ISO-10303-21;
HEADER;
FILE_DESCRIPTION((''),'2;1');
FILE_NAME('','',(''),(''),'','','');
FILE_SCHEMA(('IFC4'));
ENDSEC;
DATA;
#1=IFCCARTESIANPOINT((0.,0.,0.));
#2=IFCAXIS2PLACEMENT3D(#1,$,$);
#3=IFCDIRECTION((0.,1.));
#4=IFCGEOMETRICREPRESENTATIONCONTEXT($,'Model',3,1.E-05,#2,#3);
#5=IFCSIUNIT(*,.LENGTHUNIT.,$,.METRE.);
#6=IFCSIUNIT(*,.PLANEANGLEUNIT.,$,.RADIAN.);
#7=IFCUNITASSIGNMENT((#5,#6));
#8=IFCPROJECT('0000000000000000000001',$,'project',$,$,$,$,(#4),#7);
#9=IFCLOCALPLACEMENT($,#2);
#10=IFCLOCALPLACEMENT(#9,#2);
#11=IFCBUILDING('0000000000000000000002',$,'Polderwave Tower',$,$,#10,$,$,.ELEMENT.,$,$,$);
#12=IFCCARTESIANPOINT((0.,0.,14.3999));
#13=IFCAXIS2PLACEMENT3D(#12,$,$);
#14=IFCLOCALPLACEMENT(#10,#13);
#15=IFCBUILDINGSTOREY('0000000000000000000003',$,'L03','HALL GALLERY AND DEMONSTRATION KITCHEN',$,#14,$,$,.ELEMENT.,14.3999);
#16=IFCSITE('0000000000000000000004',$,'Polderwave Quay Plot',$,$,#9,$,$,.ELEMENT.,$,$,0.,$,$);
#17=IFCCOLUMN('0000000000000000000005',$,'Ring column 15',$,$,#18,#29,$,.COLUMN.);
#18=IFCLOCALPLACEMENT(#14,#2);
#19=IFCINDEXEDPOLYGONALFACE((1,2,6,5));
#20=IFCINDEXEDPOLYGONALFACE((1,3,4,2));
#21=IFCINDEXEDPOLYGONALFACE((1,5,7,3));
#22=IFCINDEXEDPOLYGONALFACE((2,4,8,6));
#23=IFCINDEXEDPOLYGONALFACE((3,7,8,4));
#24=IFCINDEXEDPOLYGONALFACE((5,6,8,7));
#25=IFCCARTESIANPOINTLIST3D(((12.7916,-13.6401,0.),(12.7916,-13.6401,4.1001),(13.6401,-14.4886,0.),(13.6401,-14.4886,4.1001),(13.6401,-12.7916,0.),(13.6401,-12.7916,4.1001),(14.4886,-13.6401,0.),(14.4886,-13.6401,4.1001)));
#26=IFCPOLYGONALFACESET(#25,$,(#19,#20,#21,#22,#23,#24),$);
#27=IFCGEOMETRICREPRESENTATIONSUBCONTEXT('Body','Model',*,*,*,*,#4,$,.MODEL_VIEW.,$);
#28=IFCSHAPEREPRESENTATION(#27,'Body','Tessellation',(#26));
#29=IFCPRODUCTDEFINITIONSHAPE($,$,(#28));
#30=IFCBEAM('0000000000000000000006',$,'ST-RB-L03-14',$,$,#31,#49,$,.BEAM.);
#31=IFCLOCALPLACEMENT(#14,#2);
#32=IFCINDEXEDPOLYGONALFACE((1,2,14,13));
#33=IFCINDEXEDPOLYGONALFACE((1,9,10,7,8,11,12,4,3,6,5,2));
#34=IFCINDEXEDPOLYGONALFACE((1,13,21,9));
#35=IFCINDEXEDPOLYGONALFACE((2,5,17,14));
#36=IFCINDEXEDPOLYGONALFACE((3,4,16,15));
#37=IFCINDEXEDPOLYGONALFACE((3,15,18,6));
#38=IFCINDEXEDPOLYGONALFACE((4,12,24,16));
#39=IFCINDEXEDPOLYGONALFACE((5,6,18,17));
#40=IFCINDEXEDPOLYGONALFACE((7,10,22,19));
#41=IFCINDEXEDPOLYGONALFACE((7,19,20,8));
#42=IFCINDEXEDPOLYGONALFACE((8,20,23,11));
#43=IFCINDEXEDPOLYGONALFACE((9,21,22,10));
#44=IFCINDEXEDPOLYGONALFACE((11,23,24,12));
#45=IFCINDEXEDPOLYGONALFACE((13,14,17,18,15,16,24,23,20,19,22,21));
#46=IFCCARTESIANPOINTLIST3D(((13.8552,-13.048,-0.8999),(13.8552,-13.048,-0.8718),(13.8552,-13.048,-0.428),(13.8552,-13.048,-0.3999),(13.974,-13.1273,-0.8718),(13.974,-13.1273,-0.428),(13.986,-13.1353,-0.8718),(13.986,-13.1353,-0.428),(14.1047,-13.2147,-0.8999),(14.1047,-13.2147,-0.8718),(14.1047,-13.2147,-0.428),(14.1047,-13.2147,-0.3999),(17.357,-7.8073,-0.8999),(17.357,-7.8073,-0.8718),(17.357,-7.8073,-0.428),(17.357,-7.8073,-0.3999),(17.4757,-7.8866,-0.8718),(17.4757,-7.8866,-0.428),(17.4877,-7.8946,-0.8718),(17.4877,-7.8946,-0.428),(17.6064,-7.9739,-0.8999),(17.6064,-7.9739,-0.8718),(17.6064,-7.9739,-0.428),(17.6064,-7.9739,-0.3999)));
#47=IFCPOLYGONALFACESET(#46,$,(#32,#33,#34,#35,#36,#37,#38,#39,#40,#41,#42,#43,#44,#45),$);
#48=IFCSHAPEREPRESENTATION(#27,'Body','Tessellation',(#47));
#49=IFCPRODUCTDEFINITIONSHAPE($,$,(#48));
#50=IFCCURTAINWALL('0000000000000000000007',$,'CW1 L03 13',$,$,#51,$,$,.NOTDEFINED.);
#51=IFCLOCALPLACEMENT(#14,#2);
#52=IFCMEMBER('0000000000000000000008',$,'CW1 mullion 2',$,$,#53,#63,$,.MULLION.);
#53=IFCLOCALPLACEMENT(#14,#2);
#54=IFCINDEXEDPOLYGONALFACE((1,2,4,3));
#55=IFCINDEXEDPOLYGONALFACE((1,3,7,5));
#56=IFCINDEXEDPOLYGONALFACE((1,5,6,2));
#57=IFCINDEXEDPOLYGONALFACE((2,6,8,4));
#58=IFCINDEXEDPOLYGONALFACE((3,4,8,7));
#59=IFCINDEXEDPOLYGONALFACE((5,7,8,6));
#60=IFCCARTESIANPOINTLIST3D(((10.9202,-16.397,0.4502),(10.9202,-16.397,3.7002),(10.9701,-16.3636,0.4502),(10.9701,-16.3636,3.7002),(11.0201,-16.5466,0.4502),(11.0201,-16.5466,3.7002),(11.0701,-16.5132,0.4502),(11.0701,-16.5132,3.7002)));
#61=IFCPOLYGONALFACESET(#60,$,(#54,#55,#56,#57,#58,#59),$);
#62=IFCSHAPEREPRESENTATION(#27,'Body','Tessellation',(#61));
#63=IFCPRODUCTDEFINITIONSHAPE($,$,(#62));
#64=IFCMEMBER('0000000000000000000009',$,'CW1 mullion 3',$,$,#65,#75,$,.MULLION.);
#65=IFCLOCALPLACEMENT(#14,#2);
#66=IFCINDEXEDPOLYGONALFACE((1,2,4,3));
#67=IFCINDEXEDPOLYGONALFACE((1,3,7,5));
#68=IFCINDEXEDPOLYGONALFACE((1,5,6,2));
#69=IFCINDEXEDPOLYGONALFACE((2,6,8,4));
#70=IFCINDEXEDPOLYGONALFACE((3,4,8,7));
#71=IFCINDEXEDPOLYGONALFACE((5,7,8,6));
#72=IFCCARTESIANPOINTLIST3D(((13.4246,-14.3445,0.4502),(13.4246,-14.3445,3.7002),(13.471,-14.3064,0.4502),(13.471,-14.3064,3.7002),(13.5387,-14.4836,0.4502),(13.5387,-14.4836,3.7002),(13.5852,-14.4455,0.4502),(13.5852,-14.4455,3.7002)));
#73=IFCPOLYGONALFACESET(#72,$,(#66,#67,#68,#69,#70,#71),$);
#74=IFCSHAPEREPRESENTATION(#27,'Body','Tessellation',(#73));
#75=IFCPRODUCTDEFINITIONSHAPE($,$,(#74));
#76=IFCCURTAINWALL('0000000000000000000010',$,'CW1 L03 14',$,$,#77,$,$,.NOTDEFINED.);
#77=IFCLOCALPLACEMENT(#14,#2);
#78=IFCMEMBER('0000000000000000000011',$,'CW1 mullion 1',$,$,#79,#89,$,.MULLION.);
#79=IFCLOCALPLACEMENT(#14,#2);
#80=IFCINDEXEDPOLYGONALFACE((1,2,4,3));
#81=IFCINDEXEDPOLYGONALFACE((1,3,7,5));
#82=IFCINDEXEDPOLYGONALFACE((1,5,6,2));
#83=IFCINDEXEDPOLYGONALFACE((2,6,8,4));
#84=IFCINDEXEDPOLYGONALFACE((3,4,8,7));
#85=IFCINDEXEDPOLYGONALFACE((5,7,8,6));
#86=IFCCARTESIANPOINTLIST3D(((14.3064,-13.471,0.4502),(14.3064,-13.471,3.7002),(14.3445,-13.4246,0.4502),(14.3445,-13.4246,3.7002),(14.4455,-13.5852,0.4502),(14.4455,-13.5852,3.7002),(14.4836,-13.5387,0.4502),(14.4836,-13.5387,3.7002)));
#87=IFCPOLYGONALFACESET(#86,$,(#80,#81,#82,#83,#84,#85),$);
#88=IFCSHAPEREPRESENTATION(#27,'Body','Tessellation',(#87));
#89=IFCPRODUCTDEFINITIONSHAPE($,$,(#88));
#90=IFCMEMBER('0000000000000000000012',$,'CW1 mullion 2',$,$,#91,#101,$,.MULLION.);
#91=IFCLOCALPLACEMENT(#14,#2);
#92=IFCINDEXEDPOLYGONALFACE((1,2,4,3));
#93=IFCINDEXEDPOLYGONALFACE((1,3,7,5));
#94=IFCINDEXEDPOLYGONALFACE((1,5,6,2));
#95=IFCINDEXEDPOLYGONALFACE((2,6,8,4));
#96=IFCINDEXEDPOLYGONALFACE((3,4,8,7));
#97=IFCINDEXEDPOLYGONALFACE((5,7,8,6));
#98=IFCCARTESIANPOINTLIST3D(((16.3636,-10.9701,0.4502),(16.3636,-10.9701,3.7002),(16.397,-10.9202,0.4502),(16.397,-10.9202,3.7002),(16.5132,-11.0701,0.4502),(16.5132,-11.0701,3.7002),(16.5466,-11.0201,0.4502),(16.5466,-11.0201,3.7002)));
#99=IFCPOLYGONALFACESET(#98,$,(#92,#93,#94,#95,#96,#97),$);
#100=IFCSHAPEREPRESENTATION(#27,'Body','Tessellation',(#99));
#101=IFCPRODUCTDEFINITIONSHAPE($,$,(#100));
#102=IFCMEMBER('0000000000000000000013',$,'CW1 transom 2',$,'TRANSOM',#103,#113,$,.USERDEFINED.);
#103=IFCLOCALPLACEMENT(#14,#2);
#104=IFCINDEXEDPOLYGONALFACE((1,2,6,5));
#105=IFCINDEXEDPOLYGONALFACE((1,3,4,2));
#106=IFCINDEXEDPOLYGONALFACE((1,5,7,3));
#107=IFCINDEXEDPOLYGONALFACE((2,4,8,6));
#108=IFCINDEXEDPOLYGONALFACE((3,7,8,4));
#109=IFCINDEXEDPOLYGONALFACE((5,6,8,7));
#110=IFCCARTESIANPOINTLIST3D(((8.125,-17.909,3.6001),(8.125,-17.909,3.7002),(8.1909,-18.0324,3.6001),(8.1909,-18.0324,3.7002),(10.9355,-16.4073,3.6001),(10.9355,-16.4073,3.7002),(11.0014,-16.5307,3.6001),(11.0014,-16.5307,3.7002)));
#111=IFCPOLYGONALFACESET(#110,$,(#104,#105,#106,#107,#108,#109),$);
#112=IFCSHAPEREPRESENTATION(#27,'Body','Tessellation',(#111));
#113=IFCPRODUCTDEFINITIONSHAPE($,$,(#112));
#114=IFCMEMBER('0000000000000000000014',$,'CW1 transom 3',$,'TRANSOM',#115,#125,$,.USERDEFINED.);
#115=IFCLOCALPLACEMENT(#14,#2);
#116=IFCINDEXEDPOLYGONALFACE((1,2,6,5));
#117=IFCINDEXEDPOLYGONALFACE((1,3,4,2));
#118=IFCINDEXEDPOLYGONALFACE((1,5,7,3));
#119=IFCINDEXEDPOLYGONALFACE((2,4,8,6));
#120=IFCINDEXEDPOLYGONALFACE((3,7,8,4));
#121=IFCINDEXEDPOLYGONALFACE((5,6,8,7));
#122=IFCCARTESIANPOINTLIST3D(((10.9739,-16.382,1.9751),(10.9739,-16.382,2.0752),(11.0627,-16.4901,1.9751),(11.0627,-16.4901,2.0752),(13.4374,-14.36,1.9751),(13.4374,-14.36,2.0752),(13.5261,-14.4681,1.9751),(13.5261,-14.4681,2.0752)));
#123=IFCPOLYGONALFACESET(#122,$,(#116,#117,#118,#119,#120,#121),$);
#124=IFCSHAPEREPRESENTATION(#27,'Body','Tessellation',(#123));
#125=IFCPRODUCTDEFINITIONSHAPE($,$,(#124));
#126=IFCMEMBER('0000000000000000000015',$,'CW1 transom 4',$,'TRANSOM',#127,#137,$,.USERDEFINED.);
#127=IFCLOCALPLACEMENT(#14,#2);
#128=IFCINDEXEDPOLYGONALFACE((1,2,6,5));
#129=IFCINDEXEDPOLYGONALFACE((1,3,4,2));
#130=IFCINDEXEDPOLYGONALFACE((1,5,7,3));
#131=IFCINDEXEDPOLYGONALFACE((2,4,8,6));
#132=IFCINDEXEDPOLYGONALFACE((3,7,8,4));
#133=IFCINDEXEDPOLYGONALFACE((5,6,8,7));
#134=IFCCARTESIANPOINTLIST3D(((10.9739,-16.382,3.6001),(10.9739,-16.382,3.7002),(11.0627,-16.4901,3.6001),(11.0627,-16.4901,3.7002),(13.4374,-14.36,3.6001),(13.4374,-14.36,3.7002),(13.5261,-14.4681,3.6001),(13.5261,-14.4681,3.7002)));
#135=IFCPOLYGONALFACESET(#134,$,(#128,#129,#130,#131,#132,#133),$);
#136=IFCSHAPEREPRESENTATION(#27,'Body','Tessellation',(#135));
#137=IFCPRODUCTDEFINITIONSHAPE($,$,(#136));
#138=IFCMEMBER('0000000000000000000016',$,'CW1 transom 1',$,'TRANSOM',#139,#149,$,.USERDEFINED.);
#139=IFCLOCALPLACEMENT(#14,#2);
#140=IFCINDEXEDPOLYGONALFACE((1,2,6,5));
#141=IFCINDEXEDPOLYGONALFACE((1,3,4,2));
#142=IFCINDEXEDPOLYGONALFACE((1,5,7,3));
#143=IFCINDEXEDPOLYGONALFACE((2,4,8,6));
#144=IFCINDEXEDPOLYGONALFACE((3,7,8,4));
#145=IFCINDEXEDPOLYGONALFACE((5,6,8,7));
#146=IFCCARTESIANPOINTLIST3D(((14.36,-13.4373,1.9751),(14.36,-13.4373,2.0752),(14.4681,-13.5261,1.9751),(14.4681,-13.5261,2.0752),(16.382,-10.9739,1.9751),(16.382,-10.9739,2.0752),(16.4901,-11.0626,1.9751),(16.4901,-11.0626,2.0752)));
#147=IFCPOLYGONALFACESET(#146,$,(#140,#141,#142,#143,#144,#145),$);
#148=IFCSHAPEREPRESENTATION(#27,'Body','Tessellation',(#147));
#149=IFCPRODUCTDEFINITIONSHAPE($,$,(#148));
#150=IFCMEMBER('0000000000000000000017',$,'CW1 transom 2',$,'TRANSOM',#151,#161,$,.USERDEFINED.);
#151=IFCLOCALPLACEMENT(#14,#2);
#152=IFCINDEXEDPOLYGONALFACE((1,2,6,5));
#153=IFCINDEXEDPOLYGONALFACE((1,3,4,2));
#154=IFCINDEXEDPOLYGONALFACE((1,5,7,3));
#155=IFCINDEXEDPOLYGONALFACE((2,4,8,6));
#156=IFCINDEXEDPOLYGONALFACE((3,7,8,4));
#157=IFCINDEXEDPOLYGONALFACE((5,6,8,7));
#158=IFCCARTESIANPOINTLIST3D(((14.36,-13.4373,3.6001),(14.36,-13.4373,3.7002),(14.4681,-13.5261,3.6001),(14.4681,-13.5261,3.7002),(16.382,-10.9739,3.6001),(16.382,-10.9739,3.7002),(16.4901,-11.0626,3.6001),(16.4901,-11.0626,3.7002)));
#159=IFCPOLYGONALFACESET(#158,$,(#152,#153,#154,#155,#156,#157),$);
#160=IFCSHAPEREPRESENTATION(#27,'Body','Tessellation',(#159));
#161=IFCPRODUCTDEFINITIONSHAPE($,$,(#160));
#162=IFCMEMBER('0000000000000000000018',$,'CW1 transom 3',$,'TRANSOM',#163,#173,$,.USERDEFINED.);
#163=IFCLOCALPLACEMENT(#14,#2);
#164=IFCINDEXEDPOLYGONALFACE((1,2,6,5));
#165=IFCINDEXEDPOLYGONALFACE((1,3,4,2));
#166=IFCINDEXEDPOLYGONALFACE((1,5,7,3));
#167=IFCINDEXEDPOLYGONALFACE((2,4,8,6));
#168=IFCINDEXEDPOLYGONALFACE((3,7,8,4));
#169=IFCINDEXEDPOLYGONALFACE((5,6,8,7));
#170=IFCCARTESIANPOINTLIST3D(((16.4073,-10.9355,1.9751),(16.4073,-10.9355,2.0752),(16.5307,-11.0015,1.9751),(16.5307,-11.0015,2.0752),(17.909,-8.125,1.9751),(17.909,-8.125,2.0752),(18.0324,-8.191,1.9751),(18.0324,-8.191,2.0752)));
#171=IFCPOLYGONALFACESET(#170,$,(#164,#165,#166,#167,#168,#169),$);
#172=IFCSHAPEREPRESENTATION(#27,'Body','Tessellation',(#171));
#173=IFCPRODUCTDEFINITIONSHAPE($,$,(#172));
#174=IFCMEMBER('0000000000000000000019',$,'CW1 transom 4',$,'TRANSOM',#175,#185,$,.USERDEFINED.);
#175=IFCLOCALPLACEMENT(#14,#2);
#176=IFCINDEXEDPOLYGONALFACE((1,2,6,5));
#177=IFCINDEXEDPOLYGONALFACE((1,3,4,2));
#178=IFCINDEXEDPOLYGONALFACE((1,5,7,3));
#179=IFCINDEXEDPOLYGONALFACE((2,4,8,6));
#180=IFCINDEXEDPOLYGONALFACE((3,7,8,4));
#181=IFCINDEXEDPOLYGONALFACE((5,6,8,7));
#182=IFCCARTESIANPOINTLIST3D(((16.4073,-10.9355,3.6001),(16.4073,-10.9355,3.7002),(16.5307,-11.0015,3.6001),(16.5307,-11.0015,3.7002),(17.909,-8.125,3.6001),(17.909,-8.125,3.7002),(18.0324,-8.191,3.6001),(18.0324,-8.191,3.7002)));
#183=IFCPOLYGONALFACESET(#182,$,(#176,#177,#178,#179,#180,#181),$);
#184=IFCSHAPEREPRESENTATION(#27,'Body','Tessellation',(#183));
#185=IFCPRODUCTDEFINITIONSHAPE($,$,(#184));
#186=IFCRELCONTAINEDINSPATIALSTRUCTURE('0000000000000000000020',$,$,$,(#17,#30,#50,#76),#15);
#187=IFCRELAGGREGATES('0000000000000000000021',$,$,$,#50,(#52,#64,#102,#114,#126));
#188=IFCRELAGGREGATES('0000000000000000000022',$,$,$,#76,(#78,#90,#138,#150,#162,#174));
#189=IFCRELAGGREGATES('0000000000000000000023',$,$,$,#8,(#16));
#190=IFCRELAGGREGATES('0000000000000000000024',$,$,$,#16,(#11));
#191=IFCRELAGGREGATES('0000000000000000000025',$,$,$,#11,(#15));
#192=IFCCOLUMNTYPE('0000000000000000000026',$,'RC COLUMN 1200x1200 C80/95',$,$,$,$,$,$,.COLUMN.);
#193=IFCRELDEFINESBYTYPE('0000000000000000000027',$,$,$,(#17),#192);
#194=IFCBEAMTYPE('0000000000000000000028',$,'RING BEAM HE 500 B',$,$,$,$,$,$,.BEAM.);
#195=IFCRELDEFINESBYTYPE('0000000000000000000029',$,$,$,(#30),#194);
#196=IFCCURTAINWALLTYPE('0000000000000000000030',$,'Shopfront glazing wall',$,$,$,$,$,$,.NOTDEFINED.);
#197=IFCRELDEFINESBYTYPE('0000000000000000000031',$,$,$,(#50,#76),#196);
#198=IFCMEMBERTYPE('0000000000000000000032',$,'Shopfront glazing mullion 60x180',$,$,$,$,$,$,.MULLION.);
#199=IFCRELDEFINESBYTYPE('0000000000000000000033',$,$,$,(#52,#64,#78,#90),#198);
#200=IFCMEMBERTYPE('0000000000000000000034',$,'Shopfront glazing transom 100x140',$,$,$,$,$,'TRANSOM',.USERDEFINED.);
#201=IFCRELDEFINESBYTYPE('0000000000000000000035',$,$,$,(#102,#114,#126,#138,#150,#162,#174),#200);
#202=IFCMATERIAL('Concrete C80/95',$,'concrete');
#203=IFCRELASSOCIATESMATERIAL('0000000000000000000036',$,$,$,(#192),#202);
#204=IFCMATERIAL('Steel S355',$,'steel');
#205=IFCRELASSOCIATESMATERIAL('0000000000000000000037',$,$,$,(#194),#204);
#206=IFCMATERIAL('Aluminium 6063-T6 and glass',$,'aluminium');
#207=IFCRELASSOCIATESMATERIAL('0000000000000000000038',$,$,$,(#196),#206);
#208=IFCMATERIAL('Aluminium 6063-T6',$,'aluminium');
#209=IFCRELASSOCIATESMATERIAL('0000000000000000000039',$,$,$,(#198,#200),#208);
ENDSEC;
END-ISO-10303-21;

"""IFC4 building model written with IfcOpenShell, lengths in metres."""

from ifc_helpers import new_model, si_unit, direction, frame, origin, origin_2d, place, context, subcontext, project, spatial, rectangle, i_section, extrude, material, material_profile, profile_set, type_object, element, aggregate, save


model = new_model("IFC4")

# Units and contexts
model_context = context("Model", 3, precision=1e-05, world=origin(), true_north=direction((0.0, 1.0)))
body_context = subcontext(model_context, "Body", "Model", "MODEL_VIEW")
ifc_project = project(units=[si_unit("LENGTHUNIT", "METRE"), si_unit("PLANEANGLEUNIT", "RADIAN")], contexts=[model_context])

# Site, building, storey
site_placement = place(None, origin())
site = spatial("IfcSite", under=ifc_project, at=site_placement, Name="Polderwave Quay Plot", CompositionType="ELEMENT", RefElevation=0.0)
building_placement = place(site_placement, origin())
building = spatial("IfcBuilding", under=site, at=building_placement, Name="Polderwave Tower", CompositionType="ELEMENT")
storey_placement = place(building_placement, frame((0.0, 0.0, 14.3999)))
storey = spatial("IfcBuildingStorey", under=building, at=storey_placement, Name="L03", Description="HALL GALLERY AND DEMONSTRATION KITCHEN", CompositionType="ELEMENT", Elevation=14.3999)

# Column
ifc_material_1 = material(Name="Concrete C80/95", Category="concrete")
ifc_material_profile_1 = material_profile(ifc_material_1, rectangle(XDim=1.2, YDim=1.2, at=origin_2d()), Name="RC 1200x1200")
ifc_profile_set_1 = profile_set([ifc_material_profile_1], Name="Concrete C80/95")
column_type = type_object("IfcColumnType", Name="RC COLUMN 1200x1200 C80/95", PredefinedType="COLUMN", material=ifc_profile_set_1)
column_placement = place(storey_placement, frame((13.6401, -13.6401, 0.0), z_axis=(0.0, 0.0, 1.0), x_axis=(0.707107, -0.707107, 0.0)))
element("IfcColumn", 1, at=column_placement, inside=storey, type_object=column_type, Name="Ring column 15", PredefinedType="COLUMN", context=body_context, shape_type="SweptSolid", body=[
    extrude(rectangle(XDim=1.2, YDim=1.2, at=origin_2d()), origin(), (0.0, 0.0, 1.0), 4.1001),
])

# Beam
ifc_material_2 = material(Name="Steel S355", Category="steel")
ifc_material_profile_2 = material_profile(ifc_material_2, i_section(OverallWidth=0.3, OverallDepth=0.5, WebThickness=0.0144, FlangeThickness=0.0281, at=origin_2d()), Name="HE 500 B")
ifc_profile_set_2 = profile_set([ifc_material_profile_2], Name="Steel S355")
beam_type = type_object("IfcBeamType", Name="RING BEAM HE 500 B", PredefinedType="BEAM", material=ifc_profile_set_2)
beam_placement = place(storey_placement, frame((13.98, -13.1313, -0.6499), z_axis=(0.555567, 0.831472, 0.0), x_axis=(-0.831472, 0.555567, 0.0)))
element("IfcBeam", 2, at=beam_placement, inside=storey, type_object=beam_type, Name="ST-RB-L03-14", PredefinedType="BEAM", context=body_context, shape_type="SweptSolid", body=[
    extrude(i_section(OverallWidth=0.3, OverallDepth=0.5, WebThickness=0.0144, FlangeThickness=0.0281, at=origin_2d()), origin(), (0.0, 0.0, 1.0), 6.303),
])

# Curtain walls, members
ifc_material_3 = material(Name="Aluminium 6063-T6 and glass", Category="aluminium")
curtain_wall_type = type_object("IfcCurtainWallType", Name="Shopfront glazing wall", PredefinedType="NOTDEFINED", material=ifc_material_3)
curtain_wall_1_placement = place(storey_placement, origin())
curtain_wall_1 = element("IfcCurtainWall", 3, at=curtain_wall_1_placement, inside=storey, type_object=curtain_wall_type, Name="CW1 L03 13", PredefinedType="NOTDEFINED")
ifc_material_4 = material(Name="Aluminium 6063-T6", Category="aluminium")
ifc_material_profile_3 = material_profile(ifc_material_4, rectangle(XDim=0.1799, YDim=0.0601, at=origin_2d()), Name="AL 60x180")
ifc_profile_set_3 = profile_set([ifc_material_profile_3], Name="Aluminium 6063-T6")
member_type_1 = type_object("IfcMemberType", Name="Shopfront glazing mullion 60x180", PredefinedType="MULLION", material=ifc_profile_set_3)
member_1_placement = place(storey_placement, frame((10.9951, -16.4551, 0.4502), z_axis=(0.0, 0.0, 1.0), x_axis=(-0.555509, 0.83151, 0.0)))
member_1 = element("IfcMember", 4, at=member_1_placement, type_object=member_type_1, Name="CW1 mullion 2", PredefinedType="MULLION", context=body_context, shape_type="SweptSolid", body=[
    extrude(rectangle(XDim=0.1799, YDim=0.0601, at=origin_2d()), origin(), (0.0, 0.0, 1.0), 3.25),
])
member_2_placement = place(storey_placement, frame((13.5049, -14.395, 0.4502), z_axis=(0.0, 0.0, 1.0), x_axis=(-0.634434, 0.772977, 0.0)))
member_2 = element("IfcMember", 5, at=member_2_placement, type_object=member_type_1, Name="CW1 mullion 3", PredefinedType="MULLION", context=body_context, shape_type="SweptSolid", body=[
    extrude(rectangle(XDim=0.1799, YDim=0.0601, at=origin_2d()), origin(), (0.0, 0.0, 1.0), 3.25),
])
curtain_wall_2_placement = place(storey_placement, origin())
curtain_wall_2 = element("IfcCurtainWall", 6, at=curtain_wall_2_placement, inside=storey, type_object=curtain_wall_type, Name="CW1 L03 14", PredefinedType="NOTDEFINED")
member_3_placement = place(storey_placement, frame((14.395, -13.5049, 0.4502), z_axis=(0.0, 0.0, 1.0), x_axis=(-0.772977, 0.634434, 0.0)))
member_3 = element("IfcMember", 7, at=member_3_placement, type_object=member_type_1, Name="CW1 mullion 1", PredefinedType="MULLION", context=body_context, shape_type="SweptSolid", body=[
    extrude(rectangle(XDim=0.1799, YDim=0.0601, at=origin_2d()), origin(), (0.0, 0.0, 1.0), 3.25),
])
member_4_placement = place(storey_placement, frame((16.4551, -10.9951, 0.4502), z_axis=(0.0, 0.0, 1.0), x_axis=(-0.83151, 0.555509, 0.0)))
member_4 = element("IfcMember", 8, at=member_4_placement, type_object=member_type_1, Name="CW1 mullion 2", PredefinedType="MULLION", context=body_context, shape_type="SweptSolid", body=[
    extrude(rectangle(XDim=0.1799, YDim=0.0601, at=origin_2d()), origin(), (0.0, 0.0, 1.0), 3.25),
])

# Members
ifc_material_profile_4 = material_profile(ifc_material_4, rectangle(XDim=0.1399, YDim=0.1001, at=origin_2d()), Name="AL 100x140")
ifc_profile_set_4 = profile_set([ifc_material_profile_4], Name="Aluminium 6063-T6")
member_type_2 = type_object("IfcMemberType", Name="Shopfront glazing transom 100x140", ElementType="TRANSOM", PredefinedType="USERDEFINED", material=ifc_profile_set_4)
member_5_placement = place(storey_placement, frame((8.158, -17.9707, 3.6501), z_axis=(0.881994, 0.47126, 0.0), x_axis=(-0.47126, 0.881994, 0.0)))
member_5 = element("IfcMember", 9, at=member_5_placement, type_object=member_type_2, Name="CW1 transom 2", ObjectType="TRANSOM", PredefinedType="USERDEFINED", context=body_context, shape_type="SweptSolid", body=[
    extrude(rectangle(XDim=0.1399, YDim=0.1001, at=origin_2d()), origin(), (0.0, 0.0, 1.0), 3.1865),
])
member_6_placement = place(storey_placement, frame((11.0183, -16.436, 2.0251), z_axis=(0.77296, 0.634455, 0.0), x_axis=(-0.634455, 0.77296, 0.0)))
member_6 = element("IfcMember", 10, at=member_6_placement, type_object=member_type_2, Name="CW1 transom 3", ObjectType="TRANSOM", PredefinedType="USERDEFINED", context=body_context, shape_type="SweptSolid", body=[
    extrude(rectangle(XDim=0.1399, YDim=0.1001, at=origin_2d()), origin(), (0.0, 0.0, 1.0), 3.187),
])
member_7_placement = place(storey_placement, frame((11.0183, -16.436, 3.6501), z_axis=(0.77296, 0.634455, 0.0), x_axis=(-0.634455, 0.77296, 0.0)))
member_7 = element("IfcMember", 11, at=member_7_placement, type_object=member_type_2, Name="CW1 transom 4", ObjectType="TRANSOM", PredefinedType="USERDEFINED", context=body_context, shape_type="SweptSolid", body=[
    extrude(rectangle(XDim=0.1399, YDim=0.1001, at=origin_2d()), origin(), (0.0, 0.0, 1.0), 3.187),
])
member_8_placement = place(storey_placement, frame((14.4141, -13.4817, 2.0251), z_axis=(0.634455, 0.77296, 0.0), x_axis=(-0.77296, 0.634455, 0.0)))
member_8 = element("IfcMember", 12, at=member_8_placement, type_object=member_type_2, Name="CW1 transom 1", ObjectType="TRANSOM", PredefinedType="USERDEFINED", context=body_context, shape_type="SweptSolid", body=[
    extrude(rectangle(XDim=0.1399, YDim=0.1001, at=origin_2d()), origin(), (0.0, 0.0, 1.0), 3.187),
])
member_9_placement = place(storey_placement, frame((14.4141, -13.4817, 3.6501), z_axis=(0.634455, 0.77296, 0.0), x_axis=(-0.77296, 0.634455, 0.0)))
member_9 = element("IfcMember", 13, at=member_9_placement, type_object=member_type_2, Name="CW1 transom 2", ObjectType="TRANSOM", PredefinedType="USERDEFINED", context=body_context, shape_type="SweptSolid", body=[
    extrude(rectangle(XDim=0.1399, YDim=0.1001, at=origin_2d()), origin(), (0.0, 0.0, 1.0), 3.187),
])
member_10_placement = place(storey_placement, frame((16.469, -10.9685, 2.0251), z_axis=(0.47126, 0.881994, 0.0), x_axis=(-0.881994, 0.47126, 0.0)))
member_10 = element("IfcMember", 14, at=member_10_placement, type_object=member_type_2, Name="CW1 transom 3", ObjectType="TRANSOM", PredefinedType="USERDEFINED", context=body_context, shape_type="SweptSolid", body=[
    extrude(rectangle(XDim=0.1399, YDim=0.1001, at=origin_2d()), origin(), (0.0, 0.0, 1.0), 3.1865),
])
member_11_placement = place(storey_placement, frame((16.469, -10.9685, 3.6501), z_axis=(0.47126, 0.881994, 0.0), x_axis=(-0.881994, 0.47126, 0.0)))
member_11 = element("IfcMember", 15, at=member_11_placement, type_object=member_type_2, Name="CW1 transom 4", ObjectType="TRANSOM", PredefinedType="USERDEFINED", context=body_context, shape_type="SweptSolid", body=[
    extrude(rectangle(XDim=0.1399, YDim=0.1001, at=origin_2d()), origin(), (0.0, 0.0, 1.0), 3.1865),
])

aggregate(curtain_wall_1, [member_1, member_2, member_5, member_6, member_7])
aggregate(curtain_wall_2, [member_3, member_4, member_8, member_9, member_10, member_11])

save(model, "model.ifc")
